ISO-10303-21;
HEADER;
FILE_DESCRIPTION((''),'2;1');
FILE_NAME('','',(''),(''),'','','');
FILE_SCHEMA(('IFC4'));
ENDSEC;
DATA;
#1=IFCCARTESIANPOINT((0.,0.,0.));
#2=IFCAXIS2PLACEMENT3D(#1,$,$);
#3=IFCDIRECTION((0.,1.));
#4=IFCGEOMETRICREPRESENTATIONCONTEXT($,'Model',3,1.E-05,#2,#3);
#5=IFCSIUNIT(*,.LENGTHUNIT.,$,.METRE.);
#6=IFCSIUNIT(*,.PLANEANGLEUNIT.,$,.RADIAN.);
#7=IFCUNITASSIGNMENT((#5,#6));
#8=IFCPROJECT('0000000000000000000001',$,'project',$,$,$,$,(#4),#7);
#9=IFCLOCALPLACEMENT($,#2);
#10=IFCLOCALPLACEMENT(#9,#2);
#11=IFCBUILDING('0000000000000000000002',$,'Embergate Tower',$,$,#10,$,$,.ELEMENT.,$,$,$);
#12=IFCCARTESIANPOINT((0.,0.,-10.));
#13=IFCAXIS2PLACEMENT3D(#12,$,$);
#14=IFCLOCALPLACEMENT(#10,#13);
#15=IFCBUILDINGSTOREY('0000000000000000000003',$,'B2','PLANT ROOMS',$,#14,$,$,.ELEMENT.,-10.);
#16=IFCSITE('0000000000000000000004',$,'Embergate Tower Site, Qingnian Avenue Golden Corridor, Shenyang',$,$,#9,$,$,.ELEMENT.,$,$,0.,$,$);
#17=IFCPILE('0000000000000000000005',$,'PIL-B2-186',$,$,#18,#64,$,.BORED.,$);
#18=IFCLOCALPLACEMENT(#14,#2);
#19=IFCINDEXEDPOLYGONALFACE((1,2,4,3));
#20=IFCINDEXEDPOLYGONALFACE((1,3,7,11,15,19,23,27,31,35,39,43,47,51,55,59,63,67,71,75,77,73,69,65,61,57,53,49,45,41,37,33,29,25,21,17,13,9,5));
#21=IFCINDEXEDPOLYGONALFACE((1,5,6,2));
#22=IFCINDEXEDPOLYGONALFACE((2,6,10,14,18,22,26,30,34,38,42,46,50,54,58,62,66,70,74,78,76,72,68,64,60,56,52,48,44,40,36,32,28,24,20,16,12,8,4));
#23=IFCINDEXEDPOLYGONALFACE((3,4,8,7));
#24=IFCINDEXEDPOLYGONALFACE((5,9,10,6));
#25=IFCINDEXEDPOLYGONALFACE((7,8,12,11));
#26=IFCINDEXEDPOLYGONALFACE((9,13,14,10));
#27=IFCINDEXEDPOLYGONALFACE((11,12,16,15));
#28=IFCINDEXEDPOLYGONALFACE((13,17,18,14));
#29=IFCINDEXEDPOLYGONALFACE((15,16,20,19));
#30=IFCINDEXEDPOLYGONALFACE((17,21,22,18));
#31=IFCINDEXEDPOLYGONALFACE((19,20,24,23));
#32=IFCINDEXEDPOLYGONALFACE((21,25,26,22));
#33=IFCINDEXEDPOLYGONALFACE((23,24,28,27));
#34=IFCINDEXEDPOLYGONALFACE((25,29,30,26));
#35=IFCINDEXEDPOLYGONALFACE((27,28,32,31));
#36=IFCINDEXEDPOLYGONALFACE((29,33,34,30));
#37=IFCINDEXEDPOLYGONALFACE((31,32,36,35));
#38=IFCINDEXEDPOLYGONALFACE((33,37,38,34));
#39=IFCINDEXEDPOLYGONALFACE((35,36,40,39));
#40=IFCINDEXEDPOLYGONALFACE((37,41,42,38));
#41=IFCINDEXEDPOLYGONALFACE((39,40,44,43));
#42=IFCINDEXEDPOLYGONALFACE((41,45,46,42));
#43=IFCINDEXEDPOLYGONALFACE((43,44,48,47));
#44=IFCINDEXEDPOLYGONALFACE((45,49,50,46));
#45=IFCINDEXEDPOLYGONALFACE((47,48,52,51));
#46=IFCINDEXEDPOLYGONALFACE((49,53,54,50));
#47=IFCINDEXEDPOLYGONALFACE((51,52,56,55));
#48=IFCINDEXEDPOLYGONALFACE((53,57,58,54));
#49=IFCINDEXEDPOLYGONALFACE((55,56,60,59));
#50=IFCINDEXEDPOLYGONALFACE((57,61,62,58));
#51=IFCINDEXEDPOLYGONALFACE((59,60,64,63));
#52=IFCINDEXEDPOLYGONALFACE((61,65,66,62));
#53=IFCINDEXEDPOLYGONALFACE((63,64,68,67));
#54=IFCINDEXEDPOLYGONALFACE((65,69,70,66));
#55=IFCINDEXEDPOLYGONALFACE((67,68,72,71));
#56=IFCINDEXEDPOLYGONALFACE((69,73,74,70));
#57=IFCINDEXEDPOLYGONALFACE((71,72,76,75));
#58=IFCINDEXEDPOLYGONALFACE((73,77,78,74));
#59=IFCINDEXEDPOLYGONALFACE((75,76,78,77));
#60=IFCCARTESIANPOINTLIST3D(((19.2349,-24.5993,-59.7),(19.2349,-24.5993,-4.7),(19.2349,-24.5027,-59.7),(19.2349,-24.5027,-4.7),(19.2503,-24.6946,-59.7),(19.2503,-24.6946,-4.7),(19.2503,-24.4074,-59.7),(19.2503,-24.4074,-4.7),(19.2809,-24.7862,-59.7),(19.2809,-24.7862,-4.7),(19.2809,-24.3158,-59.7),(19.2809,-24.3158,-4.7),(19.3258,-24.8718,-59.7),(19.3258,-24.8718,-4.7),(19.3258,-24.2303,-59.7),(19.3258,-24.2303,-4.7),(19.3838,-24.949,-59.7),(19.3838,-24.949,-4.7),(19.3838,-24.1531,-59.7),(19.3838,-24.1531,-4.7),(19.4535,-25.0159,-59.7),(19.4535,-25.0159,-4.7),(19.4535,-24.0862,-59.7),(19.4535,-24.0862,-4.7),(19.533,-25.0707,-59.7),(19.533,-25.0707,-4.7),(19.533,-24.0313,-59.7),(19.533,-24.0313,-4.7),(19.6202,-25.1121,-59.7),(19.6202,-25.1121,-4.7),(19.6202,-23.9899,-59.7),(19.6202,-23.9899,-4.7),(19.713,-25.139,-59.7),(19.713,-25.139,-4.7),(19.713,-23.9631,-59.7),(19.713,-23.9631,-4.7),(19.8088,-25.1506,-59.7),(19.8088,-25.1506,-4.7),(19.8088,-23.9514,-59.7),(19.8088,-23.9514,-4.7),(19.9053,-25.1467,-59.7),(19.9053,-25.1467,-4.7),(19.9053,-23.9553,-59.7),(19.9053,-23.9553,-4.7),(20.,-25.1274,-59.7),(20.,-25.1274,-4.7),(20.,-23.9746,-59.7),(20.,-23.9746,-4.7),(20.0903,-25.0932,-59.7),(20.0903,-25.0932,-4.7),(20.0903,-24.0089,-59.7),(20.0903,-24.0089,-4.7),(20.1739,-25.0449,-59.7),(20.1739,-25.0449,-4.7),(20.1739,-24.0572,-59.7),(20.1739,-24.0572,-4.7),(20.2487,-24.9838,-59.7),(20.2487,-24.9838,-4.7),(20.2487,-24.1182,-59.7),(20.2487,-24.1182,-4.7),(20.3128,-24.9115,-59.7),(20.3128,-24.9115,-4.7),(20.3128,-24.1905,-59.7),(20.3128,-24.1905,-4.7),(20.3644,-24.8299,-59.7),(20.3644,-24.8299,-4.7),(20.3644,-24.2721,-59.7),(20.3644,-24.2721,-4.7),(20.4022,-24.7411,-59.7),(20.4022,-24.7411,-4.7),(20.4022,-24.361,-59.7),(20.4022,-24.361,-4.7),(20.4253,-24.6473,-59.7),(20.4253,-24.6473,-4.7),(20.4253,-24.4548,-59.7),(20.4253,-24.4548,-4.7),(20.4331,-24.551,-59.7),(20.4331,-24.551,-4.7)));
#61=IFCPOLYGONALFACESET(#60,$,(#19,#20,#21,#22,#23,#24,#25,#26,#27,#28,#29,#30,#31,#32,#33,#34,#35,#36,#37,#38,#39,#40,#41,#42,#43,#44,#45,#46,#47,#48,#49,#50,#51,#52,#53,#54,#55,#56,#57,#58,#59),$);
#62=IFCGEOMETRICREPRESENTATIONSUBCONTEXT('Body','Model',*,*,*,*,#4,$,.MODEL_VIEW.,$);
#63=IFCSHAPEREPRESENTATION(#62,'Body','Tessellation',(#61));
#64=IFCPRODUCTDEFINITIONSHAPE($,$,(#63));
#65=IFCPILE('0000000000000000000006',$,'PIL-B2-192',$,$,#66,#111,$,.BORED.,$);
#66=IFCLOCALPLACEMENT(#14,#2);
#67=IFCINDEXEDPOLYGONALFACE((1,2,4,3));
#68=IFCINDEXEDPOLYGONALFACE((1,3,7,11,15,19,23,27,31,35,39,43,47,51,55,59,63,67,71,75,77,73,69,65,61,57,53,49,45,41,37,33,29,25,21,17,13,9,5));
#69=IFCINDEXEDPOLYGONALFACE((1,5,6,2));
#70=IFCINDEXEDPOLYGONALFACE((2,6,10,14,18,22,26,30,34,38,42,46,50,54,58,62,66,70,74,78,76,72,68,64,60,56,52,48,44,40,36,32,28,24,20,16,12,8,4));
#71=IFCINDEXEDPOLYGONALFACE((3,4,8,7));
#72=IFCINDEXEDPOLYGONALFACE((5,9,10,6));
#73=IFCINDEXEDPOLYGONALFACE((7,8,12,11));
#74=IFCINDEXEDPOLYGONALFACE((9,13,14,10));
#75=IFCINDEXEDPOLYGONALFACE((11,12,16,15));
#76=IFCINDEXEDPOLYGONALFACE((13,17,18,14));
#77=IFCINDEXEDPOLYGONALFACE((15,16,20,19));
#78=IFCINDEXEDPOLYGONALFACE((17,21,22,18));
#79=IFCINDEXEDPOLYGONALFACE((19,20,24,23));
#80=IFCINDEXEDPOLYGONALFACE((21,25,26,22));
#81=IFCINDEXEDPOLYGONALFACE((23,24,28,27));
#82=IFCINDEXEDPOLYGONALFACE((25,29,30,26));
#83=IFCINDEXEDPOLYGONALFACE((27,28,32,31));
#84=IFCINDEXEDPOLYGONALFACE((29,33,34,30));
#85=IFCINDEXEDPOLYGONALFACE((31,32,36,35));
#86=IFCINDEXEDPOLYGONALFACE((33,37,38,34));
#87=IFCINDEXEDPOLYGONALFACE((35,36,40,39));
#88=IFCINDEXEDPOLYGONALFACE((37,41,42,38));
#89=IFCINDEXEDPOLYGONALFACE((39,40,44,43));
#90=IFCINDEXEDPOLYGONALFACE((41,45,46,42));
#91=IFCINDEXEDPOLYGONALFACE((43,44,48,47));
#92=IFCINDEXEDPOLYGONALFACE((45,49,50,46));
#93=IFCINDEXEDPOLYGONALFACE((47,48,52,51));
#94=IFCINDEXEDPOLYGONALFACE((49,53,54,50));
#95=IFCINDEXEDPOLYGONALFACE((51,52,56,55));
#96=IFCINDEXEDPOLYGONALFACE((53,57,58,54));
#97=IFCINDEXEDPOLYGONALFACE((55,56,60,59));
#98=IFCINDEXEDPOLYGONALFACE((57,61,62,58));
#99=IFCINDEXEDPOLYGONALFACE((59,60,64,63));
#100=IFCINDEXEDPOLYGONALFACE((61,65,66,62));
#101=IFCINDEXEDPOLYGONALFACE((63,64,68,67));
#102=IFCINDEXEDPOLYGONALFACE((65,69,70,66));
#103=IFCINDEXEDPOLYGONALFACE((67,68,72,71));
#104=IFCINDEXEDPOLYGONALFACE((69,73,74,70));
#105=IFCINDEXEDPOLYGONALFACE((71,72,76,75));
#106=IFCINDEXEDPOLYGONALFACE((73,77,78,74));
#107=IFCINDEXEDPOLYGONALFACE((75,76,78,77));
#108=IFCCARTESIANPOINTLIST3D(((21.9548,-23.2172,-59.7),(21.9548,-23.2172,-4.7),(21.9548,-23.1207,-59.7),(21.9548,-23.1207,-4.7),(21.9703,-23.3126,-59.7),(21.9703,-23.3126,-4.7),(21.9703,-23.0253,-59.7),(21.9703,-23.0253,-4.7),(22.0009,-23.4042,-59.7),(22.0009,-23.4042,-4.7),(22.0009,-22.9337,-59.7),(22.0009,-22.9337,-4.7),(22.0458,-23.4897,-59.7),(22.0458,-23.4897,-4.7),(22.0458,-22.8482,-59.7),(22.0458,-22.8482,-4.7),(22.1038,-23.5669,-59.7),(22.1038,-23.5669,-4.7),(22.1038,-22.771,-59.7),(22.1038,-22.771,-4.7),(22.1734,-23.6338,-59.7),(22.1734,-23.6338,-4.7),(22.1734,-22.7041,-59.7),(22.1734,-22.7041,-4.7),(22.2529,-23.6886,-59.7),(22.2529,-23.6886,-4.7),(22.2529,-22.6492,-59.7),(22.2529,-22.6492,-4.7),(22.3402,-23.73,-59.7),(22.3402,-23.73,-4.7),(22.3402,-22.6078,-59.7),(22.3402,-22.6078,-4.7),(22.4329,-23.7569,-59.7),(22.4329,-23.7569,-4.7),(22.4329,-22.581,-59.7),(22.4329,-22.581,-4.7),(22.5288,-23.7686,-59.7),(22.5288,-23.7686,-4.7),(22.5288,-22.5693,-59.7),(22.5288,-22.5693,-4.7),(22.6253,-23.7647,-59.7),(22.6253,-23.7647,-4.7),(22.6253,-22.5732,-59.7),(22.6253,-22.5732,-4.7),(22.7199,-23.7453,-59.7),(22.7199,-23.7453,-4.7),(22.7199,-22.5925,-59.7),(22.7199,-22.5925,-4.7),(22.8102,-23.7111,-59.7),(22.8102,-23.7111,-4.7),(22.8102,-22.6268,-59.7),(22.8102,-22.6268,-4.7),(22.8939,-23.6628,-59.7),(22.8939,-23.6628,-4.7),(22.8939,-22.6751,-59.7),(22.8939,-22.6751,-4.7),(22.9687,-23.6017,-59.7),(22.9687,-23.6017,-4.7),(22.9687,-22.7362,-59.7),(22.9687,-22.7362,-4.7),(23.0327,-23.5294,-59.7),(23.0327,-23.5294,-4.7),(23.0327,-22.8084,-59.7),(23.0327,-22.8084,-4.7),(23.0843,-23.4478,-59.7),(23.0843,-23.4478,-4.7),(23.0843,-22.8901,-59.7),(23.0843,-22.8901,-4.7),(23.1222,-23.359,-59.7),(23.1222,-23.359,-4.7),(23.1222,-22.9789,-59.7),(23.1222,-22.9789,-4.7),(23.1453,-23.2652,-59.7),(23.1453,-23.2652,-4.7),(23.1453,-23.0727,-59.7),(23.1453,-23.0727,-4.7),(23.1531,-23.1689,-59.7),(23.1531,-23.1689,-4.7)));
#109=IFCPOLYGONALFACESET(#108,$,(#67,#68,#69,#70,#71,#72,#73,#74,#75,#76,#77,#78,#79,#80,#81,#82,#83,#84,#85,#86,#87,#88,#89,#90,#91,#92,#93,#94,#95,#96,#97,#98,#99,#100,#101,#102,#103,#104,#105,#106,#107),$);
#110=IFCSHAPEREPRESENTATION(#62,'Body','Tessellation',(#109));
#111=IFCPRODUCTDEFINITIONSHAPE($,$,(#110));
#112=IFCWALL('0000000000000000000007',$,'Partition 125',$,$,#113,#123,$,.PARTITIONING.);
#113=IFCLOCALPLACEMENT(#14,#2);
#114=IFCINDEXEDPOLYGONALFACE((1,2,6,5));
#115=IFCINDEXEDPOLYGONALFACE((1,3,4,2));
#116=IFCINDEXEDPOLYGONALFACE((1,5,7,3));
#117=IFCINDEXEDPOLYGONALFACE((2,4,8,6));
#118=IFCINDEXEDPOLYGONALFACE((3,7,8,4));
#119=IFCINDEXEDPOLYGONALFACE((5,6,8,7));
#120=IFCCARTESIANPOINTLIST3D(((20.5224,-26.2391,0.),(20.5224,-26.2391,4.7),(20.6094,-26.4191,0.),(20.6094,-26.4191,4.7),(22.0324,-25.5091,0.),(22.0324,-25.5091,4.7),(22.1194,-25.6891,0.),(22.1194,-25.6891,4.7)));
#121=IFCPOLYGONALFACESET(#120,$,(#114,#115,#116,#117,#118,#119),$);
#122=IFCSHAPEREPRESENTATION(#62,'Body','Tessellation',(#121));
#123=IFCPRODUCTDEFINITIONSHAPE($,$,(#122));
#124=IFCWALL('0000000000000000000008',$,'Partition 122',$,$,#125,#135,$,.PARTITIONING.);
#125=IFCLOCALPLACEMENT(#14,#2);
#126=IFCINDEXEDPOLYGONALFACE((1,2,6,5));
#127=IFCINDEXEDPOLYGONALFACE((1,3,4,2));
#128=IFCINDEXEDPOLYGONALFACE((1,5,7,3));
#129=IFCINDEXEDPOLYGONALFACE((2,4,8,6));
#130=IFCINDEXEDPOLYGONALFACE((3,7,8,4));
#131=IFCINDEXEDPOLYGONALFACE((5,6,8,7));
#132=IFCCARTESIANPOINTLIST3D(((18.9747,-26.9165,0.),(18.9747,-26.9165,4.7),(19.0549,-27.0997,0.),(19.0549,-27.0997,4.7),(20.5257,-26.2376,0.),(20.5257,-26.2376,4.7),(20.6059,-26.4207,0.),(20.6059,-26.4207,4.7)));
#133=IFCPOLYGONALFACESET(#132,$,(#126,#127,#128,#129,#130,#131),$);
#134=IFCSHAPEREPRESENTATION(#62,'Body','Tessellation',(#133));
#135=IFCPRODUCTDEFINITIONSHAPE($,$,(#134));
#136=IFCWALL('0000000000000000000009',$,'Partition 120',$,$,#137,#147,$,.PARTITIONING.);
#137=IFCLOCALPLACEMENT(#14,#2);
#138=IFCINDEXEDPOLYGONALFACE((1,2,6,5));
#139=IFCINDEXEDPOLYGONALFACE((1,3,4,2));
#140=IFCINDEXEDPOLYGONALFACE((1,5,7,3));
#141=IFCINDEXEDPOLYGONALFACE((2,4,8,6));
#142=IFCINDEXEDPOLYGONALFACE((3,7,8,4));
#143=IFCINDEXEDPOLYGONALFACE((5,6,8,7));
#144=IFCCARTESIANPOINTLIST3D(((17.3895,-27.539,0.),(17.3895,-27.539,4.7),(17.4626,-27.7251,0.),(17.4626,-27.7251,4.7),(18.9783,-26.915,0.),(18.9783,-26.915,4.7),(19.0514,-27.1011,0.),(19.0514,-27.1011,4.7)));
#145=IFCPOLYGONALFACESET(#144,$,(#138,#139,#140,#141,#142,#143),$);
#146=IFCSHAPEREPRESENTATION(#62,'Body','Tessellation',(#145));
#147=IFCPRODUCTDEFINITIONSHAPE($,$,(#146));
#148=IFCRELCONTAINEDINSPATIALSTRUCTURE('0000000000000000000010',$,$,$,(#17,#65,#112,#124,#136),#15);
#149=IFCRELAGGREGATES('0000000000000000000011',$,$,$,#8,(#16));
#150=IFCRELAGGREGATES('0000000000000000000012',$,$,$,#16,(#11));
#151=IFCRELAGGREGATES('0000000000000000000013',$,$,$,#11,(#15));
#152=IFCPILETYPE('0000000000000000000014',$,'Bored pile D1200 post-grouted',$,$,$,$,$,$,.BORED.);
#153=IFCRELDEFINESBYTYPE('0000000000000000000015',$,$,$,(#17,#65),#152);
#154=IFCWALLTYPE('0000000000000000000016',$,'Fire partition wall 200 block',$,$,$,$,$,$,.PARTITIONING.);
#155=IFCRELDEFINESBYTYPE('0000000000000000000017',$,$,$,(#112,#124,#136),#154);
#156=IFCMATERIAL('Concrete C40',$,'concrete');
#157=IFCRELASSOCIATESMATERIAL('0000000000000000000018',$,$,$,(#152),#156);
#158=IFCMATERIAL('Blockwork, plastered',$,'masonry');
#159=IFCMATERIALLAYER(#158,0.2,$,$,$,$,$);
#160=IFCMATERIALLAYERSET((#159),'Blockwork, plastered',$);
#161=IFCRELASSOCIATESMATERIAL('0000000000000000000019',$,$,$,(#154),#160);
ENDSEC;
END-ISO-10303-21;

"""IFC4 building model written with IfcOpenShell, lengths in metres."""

from ifc_helpers import new_model, si_unit, direction, frame, frame_2d, origin, origin_2d, place, context, subcontext, project, spatial, rectangle, circle, extrude, source, transform, mapped, material, layer, layer_set, material_profile, profile_set, type_object, element, save


model = new_model("IFC4")

# Units and contexts
model_context = context("Model", 3, precision=1e-05, world=origin(), true_north=direction((0.0, 1.0)))
body_context = subcontext(model_context, "Body", "Model", "MODEL_VIEW")
ifc_project = project(units=[si_unit("LENGTHUNIT", "METRE"), si_unit("PLANEANGLEUNIT", "RADIAN")], contexts=[model_context])

# Site, building, storey
site_placement = place(None, origin())
site = spatial("IfcSite", under=ifc_project, at=site_placement, Name="Embergate Tower Site, Qingnian Avenue Golden Corridor, Shenyang", CompositionType="ELEMENT", RefElevation=0.0)
building_placement = place(site_placement, origin())
building = spatial("IfcBuilding", under=site, at=building_placement, Name="Embergate Tower", CompositionType="ELEMENT")
storey_placement = place(building_placement, frame((0.0, 0.0, -10.0)))
storey = spatial("IfcBuildingStorey", under=building, at=storey_placement, Name="B2", Description="PLANT ROOMS", CompositionType="ELEMENT", Elevation=-10.0)

# Piles
ifc_material_1 = material(Name="Concrete C40", Category="concrete")
ifc_material_profile = material_profile(ifc_material_1, circle(Radius=0.6001, at=origin_2d()), Name="D1200")
ifc_profile_set = profile_set([ifc_material_profile], Name="Concrete C40")
pile_type = type_object("IfcPileType", Name="Bored pile D1200 post-grouted", PredefinedType="BORED", material=ifc_profile_set)
shared_shape_1 = source(origin(), body_context, "Body", "SweptSolid", [
    extrude(circle(Radius=0.6001, at=origin_2d()), origin(), (0.0, 0.0, 1.0), 55.0),
])
for number, where, z_axis, x_axis, name in (
    (1, (19.833, -24.551, -4.7), (0.0, 0.0, -1.0), (1.0, 0.0, 0.0), "PIL-B2-186"),
    (2, (22.553, -23.1689, -4.7), (0.0, 0.0, -1.0), (1.0, 0.0, 0.0), "PIL-B2-192"),
):
    element("IfcPile", number, at=place(storey_placement, frame(where, z_axis=z_axis, x_axis=x_axis)), inside=storey, type_object=pile_type, Name=name, PredefinedType="BORED", context=body_context, shape_type="MappedRepresentation", body=[
        mapped(shared_shape_1, transform((0.0, 0.0, 0.0))),
    ])

# Walls
ifc_material_2 = material(Name="Blockwork, plastered", Category="masonry")
ifc_layer = layer(ifc_material_2, 0.2)
ifc_layer_set = layer_set([ifc_layer], Name="Blockwork, plastered")
wall_type = type_object("IfcWallType", Name="Fire partition wall 200 block", PredefinedType="PARTITIONING", material=ifc_layer_set)
shared_shape_2 = source(origin(), body_context, "Body", "SweptSolid", [
    extrude(rectangle(XDim=1.6772, YDim=0.2, at=frame_2d((0.8386, 0.0))), origin(), (0.0, 0.0, 1.0), 4.7),
])
wall_1_placement = place(storey_placement, frame((22.0759, -25.5991, 0.0), z_axis=(0.0, 0.0, 1.0), x_axis=(-0.900316, -0.435237, 0.0)))
element("IfcWall", 3, at=wall_1_placement, inside=storey, type_object=wall_type, Name="Partition 125", PredefinedType="PARTITIONING", context=body_context, shape_type="MappedRepresentation", body=[
    mapped(shared_shape_2, transform((0.0, 0.0, 0.0))),
])
shared_shape_3 = source(origin(), body_context, "Body", "SweptSolid", [
    extrude(rectangle(XDim=1.6931, YDim=0.2, at=frame_2d((0.8467, 0.0))), origin(), (0.0, 0.0, 1.0), 4.7),
])
wall_2_placement = place(storey_placement, frame((20.5659, -26.3291, 0.0), z_axis=(0.0, 0.0, 1.0), x_axis=(-0.916075, -0.401008, 0.0)))
element("IfcWall", 4, at=wall_2_placement, inside=storey, type_object=wall_type, Name="Partition 122", PredefinedType="PARTITIONING", context=body_context, shape_type="MappedRepresentation", body=[
    mapped(shared_shape_3, transform((0.0, 0.0, 0.0))),
])
shared_shape_4 = source(origin(), body_context, "Body", "SweptSolid", [
    extrude(rectangle(XDim=1.707, YDim=0.2, at=frame_2d((0.8535, 0.0))), origin(), (0.0, 0.0, 1.0), 4.7),
])
wall_3_placement = place(storey_placement, frame((19.0149, -27.0081, 0.0), z_axis=(0.0, 0.0, 1.0), x_axis=(-0.930786, -0.365564, 0.0)))
element("IfcWall", 5, at=wall_3_placement, inside=storey, type_object=wall_type, Name="Partition 120", PredefinedType="PARTITIONING", context=body_context, shape_type="MappedRepresentation", body=[
    mapped(shared_shape_4, transform((0.0, 0.0, 0.0))),
])

save(model, "model.ifc")
